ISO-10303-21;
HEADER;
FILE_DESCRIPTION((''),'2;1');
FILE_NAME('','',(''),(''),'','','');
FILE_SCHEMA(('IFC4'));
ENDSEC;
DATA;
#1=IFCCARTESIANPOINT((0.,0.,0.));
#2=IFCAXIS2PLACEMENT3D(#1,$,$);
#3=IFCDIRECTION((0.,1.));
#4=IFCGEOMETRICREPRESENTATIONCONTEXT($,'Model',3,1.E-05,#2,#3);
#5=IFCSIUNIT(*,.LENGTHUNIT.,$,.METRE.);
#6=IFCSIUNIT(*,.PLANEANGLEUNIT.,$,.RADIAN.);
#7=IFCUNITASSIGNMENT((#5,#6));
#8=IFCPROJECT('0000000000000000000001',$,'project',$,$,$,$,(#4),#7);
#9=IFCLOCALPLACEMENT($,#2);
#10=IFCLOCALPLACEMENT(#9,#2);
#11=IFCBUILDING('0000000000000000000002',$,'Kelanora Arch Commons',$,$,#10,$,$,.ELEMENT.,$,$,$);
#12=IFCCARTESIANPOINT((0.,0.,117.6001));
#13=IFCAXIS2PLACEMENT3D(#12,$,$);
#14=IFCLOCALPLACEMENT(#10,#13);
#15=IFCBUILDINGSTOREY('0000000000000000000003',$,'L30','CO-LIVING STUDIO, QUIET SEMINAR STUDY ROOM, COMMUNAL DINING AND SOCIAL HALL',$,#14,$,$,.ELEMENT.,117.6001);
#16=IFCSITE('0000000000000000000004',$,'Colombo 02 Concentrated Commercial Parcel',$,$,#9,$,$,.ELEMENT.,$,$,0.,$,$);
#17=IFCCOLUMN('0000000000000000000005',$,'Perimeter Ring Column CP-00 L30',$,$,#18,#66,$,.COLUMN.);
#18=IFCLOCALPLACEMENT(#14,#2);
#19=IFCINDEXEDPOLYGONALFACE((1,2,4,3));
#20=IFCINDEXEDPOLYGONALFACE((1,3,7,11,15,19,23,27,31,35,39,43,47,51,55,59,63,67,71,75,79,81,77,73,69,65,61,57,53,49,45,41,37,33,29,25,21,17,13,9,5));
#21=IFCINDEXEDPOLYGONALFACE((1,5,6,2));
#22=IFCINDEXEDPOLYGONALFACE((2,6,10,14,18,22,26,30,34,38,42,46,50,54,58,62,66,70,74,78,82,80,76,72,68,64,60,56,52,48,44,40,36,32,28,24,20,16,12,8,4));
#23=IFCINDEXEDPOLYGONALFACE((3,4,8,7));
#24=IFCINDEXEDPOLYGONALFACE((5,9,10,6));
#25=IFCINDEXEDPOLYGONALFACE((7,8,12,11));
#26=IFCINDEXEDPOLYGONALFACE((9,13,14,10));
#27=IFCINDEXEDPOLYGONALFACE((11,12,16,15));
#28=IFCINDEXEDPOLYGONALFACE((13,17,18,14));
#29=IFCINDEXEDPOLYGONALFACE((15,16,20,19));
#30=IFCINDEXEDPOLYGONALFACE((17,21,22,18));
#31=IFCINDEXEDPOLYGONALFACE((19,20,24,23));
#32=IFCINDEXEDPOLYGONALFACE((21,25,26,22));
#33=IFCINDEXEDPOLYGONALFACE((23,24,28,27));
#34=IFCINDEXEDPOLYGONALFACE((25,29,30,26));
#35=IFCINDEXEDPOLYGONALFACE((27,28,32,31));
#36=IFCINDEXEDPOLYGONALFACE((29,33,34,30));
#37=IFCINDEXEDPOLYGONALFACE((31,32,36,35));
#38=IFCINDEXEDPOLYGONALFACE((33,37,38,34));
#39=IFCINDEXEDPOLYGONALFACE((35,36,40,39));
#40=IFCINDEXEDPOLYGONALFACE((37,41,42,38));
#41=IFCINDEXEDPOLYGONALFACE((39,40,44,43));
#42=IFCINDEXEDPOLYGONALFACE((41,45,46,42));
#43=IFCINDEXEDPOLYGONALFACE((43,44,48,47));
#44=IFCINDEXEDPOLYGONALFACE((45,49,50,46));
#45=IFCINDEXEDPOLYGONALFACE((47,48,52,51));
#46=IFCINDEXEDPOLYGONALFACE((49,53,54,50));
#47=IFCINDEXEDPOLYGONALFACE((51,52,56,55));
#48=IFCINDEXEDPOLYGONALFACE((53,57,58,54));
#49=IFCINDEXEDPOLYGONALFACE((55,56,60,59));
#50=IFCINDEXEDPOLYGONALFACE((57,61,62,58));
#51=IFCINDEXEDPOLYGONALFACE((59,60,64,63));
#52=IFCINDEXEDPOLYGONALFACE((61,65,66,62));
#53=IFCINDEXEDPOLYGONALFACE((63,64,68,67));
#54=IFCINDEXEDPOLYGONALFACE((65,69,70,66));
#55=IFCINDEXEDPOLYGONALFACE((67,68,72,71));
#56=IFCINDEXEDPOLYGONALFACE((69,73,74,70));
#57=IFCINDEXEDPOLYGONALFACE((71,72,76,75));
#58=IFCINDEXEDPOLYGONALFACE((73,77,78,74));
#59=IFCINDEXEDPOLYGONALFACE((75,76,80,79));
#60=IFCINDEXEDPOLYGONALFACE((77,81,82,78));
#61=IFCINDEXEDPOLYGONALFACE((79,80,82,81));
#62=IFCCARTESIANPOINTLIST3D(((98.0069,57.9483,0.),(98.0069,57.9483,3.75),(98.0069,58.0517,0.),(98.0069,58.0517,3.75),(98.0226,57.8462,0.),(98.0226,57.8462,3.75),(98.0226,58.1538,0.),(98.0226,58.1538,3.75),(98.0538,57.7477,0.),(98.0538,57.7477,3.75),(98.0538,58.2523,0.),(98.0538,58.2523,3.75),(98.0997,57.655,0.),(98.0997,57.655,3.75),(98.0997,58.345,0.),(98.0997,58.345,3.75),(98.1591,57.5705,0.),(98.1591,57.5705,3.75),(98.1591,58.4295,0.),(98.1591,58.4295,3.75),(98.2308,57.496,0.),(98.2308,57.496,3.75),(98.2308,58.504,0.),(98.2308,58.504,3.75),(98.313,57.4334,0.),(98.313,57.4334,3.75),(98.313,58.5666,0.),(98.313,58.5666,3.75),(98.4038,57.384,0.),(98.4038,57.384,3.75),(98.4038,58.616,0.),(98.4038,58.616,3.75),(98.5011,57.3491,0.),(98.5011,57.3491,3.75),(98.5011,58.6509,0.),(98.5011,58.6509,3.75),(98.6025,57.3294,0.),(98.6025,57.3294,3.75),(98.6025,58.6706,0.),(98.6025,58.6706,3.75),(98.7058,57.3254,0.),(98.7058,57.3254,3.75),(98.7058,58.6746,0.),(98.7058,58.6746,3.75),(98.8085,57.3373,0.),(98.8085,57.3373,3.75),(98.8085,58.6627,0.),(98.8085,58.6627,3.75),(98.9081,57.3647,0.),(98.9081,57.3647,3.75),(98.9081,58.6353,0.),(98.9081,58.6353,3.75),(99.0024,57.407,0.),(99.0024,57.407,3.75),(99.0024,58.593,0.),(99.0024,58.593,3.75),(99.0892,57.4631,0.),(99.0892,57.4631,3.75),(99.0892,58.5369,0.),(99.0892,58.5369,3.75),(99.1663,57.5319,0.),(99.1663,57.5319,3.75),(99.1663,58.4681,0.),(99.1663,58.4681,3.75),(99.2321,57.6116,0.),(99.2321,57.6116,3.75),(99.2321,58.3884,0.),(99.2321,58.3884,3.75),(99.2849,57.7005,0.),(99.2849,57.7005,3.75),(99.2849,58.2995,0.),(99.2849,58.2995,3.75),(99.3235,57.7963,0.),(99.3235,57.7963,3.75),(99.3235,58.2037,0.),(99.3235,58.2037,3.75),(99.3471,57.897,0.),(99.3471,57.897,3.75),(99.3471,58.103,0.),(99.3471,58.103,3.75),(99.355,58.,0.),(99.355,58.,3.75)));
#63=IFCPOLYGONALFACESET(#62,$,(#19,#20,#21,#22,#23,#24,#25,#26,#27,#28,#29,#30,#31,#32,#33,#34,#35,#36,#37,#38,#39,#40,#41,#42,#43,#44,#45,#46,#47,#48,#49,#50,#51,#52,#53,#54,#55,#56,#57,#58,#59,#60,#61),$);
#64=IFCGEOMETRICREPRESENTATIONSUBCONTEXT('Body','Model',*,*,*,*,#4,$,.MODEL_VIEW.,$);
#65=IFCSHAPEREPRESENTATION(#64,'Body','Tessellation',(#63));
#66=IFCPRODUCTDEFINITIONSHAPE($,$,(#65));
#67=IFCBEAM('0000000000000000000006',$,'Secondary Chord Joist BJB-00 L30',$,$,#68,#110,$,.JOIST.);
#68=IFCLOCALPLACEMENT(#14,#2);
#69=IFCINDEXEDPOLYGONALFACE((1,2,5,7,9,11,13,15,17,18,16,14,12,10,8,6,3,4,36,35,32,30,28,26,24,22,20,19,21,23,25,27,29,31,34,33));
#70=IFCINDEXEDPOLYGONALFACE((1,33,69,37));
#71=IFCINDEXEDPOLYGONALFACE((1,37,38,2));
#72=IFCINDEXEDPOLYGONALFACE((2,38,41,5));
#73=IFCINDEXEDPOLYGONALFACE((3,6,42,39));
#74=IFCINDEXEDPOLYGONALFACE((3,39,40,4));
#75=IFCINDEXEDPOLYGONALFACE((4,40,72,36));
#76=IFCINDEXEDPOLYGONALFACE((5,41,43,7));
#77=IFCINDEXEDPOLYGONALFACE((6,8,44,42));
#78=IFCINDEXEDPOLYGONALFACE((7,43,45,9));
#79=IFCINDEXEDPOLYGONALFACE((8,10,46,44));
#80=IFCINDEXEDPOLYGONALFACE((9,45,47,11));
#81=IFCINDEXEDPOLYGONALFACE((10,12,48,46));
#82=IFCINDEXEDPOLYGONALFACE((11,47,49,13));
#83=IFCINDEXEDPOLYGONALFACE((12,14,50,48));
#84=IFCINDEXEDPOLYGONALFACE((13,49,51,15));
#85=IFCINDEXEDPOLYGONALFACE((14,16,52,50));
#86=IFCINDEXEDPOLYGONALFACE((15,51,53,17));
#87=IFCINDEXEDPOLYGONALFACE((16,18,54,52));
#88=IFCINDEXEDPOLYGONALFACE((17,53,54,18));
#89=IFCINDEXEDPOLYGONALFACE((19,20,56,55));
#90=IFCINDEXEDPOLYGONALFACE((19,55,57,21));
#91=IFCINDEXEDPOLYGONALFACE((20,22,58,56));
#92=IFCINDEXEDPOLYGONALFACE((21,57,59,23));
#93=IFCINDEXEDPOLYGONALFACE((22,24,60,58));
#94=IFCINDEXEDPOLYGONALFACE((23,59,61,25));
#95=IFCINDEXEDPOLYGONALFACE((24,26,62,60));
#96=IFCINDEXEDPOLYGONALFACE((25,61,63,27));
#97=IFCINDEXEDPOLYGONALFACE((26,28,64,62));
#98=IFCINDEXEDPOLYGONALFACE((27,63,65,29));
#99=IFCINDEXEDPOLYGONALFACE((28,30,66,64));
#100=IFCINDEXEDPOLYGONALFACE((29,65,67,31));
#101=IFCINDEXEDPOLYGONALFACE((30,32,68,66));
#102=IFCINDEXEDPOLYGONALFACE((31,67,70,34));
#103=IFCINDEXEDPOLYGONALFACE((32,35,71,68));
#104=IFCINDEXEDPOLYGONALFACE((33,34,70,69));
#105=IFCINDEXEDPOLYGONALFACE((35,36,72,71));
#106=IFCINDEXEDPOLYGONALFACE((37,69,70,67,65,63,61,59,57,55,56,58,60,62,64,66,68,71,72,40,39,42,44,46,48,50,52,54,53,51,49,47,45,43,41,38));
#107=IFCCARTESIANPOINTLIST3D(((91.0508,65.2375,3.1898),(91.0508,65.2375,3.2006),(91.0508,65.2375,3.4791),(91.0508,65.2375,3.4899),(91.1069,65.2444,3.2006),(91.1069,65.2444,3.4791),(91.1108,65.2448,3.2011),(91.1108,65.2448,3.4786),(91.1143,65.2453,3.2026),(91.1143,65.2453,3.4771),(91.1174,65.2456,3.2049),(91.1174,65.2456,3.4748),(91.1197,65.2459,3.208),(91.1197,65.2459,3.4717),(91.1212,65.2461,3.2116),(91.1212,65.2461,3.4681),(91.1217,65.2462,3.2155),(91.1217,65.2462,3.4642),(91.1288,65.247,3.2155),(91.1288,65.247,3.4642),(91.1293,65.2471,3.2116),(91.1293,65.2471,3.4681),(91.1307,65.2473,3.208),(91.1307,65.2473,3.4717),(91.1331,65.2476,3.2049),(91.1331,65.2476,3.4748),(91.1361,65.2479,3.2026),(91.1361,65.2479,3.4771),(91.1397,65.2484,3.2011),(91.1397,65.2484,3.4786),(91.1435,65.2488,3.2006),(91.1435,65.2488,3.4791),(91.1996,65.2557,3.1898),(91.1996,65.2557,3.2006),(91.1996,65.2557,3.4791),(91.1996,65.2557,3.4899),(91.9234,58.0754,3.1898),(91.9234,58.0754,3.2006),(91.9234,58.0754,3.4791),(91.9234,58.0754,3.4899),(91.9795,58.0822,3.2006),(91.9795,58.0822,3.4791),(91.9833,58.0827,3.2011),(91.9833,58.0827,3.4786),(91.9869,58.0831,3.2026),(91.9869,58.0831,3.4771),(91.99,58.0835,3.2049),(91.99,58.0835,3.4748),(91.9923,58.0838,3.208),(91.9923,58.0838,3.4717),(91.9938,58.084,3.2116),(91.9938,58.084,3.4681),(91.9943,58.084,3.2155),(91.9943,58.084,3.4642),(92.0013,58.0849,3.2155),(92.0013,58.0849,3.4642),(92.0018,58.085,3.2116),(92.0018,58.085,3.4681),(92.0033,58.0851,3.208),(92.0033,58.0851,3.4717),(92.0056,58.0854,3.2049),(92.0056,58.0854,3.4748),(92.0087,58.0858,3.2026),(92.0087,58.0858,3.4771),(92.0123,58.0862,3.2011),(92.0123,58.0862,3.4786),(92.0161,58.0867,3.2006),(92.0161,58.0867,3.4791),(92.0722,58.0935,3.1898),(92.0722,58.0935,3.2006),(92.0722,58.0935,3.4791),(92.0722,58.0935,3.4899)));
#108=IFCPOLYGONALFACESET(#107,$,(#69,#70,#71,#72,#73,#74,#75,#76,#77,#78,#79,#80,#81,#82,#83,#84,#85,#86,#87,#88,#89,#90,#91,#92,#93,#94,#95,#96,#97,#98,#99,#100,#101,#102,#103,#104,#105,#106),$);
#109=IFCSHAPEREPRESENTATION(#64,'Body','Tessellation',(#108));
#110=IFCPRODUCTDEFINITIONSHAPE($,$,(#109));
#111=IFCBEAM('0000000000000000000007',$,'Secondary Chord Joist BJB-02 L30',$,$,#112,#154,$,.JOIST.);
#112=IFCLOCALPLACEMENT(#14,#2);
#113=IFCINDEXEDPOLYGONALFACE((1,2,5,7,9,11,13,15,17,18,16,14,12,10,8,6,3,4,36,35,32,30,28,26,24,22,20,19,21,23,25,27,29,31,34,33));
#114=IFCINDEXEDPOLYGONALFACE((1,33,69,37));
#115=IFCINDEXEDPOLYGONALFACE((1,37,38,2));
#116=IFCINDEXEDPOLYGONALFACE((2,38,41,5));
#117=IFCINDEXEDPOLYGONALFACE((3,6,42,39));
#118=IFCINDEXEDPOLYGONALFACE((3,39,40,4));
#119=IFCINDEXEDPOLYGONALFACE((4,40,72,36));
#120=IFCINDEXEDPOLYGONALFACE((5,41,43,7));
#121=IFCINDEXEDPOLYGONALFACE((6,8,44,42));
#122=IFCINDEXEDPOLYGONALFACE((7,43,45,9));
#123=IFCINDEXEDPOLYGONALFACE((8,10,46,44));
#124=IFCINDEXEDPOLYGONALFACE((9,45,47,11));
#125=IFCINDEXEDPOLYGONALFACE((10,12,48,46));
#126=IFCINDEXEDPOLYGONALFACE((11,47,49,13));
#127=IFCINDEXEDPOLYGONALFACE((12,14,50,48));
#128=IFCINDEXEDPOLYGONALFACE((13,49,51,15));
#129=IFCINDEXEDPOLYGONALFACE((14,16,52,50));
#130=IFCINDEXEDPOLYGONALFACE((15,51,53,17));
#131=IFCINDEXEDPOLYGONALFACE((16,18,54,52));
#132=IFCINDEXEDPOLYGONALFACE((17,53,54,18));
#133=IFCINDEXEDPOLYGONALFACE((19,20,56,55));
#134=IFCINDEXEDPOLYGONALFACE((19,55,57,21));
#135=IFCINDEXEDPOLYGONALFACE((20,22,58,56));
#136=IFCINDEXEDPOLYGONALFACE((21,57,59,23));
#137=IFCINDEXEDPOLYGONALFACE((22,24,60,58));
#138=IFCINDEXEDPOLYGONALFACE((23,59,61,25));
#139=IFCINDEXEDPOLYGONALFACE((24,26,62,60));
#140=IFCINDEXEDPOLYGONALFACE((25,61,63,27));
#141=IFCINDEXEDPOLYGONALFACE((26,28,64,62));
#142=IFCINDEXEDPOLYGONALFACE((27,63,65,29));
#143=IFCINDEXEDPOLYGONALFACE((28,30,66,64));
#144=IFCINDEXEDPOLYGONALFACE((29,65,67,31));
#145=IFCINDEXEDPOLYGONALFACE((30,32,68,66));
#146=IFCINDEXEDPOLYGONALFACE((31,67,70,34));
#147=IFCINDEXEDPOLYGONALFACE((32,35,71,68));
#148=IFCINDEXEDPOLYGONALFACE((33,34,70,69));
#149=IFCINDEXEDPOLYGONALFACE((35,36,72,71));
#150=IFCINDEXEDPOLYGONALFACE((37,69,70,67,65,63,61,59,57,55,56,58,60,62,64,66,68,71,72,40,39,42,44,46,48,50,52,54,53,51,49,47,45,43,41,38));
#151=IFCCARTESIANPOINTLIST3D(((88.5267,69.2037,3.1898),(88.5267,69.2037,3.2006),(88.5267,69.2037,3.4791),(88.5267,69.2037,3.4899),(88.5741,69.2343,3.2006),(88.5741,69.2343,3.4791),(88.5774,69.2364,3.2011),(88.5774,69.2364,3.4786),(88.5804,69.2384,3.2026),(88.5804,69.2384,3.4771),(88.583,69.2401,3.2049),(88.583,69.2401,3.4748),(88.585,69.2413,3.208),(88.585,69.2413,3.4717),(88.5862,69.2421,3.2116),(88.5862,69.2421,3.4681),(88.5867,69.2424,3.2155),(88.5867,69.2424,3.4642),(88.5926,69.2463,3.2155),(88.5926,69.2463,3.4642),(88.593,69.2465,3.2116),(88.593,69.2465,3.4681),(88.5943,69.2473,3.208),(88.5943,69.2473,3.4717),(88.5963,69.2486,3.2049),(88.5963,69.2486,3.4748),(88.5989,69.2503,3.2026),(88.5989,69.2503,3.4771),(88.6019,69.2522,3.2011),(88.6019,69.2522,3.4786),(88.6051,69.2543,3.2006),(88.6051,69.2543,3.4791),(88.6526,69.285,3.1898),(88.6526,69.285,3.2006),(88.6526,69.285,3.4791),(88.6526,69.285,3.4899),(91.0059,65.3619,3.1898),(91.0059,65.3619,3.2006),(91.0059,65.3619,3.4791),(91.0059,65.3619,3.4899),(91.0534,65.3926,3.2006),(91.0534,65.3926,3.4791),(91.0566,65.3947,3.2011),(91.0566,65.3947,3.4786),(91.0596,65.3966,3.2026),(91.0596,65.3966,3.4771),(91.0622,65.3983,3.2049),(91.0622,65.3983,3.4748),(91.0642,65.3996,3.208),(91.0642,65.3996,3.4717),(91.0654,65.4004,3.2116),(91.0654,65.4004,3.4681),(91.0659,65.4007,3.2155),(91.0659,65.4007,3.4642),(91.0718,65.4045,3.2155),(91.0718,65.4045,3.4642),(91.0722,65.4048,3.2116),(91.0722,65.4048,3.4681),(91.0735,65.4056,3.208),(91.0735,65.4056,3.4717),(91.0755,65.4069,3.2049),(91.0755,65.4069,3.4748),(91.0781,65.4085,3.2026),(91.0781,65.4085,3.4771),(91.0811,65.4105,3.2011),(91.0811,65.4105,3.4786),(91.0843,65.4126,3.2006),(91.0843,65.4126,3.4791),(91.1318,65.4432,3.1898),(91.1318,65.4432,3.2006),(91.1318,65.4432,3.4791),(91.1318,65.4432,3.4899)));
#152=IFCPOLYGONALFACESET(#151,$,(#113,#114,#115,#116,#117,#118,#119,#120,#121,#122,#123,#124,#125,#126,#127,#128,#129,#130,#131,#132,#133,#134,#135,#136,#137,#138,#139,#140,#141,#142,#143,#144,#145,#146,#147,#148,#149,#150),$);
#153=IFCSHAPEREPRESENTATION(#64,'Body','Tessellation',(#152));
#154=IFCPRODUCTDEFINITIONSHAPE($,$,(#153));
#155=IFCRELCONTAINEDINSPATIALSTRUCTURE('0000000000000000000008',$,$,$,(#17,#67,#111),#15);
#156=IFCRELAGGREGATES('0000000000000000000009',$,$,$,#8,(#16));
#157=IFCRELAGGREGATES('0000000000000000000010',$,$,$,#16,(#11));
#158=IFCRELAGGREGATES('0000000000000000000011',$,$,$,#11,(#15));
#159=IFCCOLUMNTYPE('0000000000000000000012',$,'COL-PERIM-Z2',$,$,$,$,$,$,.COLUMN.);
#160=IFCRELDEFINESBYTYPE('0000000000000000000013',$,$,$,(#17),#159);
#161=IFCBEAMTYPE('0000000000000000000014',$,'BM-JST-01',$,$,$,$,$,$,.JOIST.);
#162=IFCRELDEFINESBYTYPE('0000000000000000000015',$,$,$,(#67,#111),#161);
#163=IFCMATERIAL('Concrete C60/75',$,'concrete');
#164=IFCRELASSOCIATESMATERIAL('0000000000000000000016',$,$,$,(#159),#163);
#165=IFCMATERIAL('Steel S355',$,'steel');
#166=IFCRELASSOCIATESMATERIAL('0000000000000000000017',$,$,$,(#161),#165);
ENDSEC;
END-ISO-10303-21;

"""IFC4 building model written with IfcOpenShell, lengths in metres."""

from ifc_helpers import new_model, si_unit, direction, frame, origin, origin_2d, place, context, subcontext, project, spatial, circle, i_section, extrude, material, material_profile, profile_set, type_object, element, save


model = new_model("IFC4")

# Units and contexts
model_context = context("Model", 3, precision=1e-05, world=origin(), true_north=direction((0.0, 1.0)))
body_context = subcontext(model_context, "Body", "Model", "MODEL_VIEW")
ifc_project = project(units=[si_unit("LENGTHUNIT", "METRE"), si_unit("PLANEANGLEUNIT", "RADIAN")], contexts=[model_context])

# Site, building, storey
site_placement = place(None, origin())
site = spatial("IfcSite", under=ifc_project, at=site_placement, Name="Colombo 02 Concentrated Commercial Parcel", CompositionType="ELEMENT", RefElevation=0.0)
building_placement = place(site_placement, origin())
building = spatial("IfcBuilding", under=site, at=building_placement, Name="Kelanora Arch Commons", CompositionType="ELEMENT")
storey_placement = place(building_placement, frame((0.0, 0.0, 117.6001)))
storey = spatial("IfcBuildingStorey", under=building, at=storey_placement, Name="L30", Description="CO-LIVING STUDIO, QUIET SEMINAR STUDY ROOM, COMMUNAL DINING AND SOCIAL HALL", CompositionType="ELEMENT", Elevation=117.6001)

# Column
ifc_material_1 = material(Name="Concrete C60/75", Category="concrete")
ifc_material_profile_1 = material_profile(ifc_material_1, circle(Radius=0.675, at=origin_2d()), Name="RCC1350")
ifc_profile_set_1 = profile_set([ifc_material_profile_1], Name="Concrete C60/75")
column_type = type_object("IfcColumnType", Name="COL-PERIM-Z2", PredefinedType="COLUMN", material=ifc_profile_set_1)
column_placement = place(storey_placement, frame((98.6799, 58.0, 0.0), z_axis=(0.0, 0.0, 1.0), x_axis=(1.0, 0.0, 0.0)))
element("IfcColumn", 1, at=column_placement, inside=storey, type_object=column_type, Name="Perimeter Ring Column CP-00 L30", PredefinedType="COLUMN", context=body_context, shape_type="SweptSolid", body=[
    extrude(circle(Radius=0.675, at=origin_2d()), origin(), (0.0, 0.0, 1.0), 3.75),
])

# Beams
ifc_material_2 = material(Name="Steel S355", Category="steel")
ifc_material_profile_2 = material_profile(ifc_material_2, i_section(OverallWidth=0.1499, OverallDepth=0.3, WebThickness=0.0071, FlangeThickness=0.0107, FilletRadius=0.0149, at=origin_2d()), Name="IPE300")
ifc_profile_set_2 = profile_set([ifc_material_profile_2], Name="Steel S355")
beam_type_1 = type_object("IfcBeamType", Name="BM-JST-01", PredefinedType="JOIST", material=ifc_profile_set_2)
beam_1_placement = place(storey_placement, frame((91.9978, 58.0845, 3.3398), z_axis=(-0.120936, 0.99266, 0.0), x_axis=(-0.99266, -0.120936, 0.0)))
element("IfcBeam", 2, at=beam_1_placement, inside=storey, type_object=beam_type_1, Name="Secondary Chord Joist BJB-00 L30", PredefinedType="JOIST", context=body_context, shape_type="SweptSolid", body=[
    extrude(i_section(OverallWidth=0.1499, OverallDepth=0.3, WebThickness=0.0071, FlangeThickness=0.0107, FilletRadius=0.0149, at=origin_2d()), origin(), (0.0, 0.0, 1.0), 7.2151),
])
beam_2_placement = place(storey_placement, frame((91.0688, 65.4026, 3.3398), z_axis=(-0.54223, 0.84023, 0.0), x_axis=(-0.84023, -0.54223, 0.0)))
element("IfcBeam", 3, at=beam_2_placement, inside=storey, type_object=beam_type_1, Name="Secondary Chord Joist BJB-02 L30", PredefinedType="JOIST", context=body_context, shape_type="SweptSolid", body=[
    extrude(i_section(OverallWidth=0.1499, OverallDepth=0.3, WebThickness=0.0071, FlangeThickness=0.0107, FilletRadius=0.0149, at=origin_2d()), origin(), (0.0, 0.0, 1.0), 4.5723),
])

save(model, "model.ifc")
